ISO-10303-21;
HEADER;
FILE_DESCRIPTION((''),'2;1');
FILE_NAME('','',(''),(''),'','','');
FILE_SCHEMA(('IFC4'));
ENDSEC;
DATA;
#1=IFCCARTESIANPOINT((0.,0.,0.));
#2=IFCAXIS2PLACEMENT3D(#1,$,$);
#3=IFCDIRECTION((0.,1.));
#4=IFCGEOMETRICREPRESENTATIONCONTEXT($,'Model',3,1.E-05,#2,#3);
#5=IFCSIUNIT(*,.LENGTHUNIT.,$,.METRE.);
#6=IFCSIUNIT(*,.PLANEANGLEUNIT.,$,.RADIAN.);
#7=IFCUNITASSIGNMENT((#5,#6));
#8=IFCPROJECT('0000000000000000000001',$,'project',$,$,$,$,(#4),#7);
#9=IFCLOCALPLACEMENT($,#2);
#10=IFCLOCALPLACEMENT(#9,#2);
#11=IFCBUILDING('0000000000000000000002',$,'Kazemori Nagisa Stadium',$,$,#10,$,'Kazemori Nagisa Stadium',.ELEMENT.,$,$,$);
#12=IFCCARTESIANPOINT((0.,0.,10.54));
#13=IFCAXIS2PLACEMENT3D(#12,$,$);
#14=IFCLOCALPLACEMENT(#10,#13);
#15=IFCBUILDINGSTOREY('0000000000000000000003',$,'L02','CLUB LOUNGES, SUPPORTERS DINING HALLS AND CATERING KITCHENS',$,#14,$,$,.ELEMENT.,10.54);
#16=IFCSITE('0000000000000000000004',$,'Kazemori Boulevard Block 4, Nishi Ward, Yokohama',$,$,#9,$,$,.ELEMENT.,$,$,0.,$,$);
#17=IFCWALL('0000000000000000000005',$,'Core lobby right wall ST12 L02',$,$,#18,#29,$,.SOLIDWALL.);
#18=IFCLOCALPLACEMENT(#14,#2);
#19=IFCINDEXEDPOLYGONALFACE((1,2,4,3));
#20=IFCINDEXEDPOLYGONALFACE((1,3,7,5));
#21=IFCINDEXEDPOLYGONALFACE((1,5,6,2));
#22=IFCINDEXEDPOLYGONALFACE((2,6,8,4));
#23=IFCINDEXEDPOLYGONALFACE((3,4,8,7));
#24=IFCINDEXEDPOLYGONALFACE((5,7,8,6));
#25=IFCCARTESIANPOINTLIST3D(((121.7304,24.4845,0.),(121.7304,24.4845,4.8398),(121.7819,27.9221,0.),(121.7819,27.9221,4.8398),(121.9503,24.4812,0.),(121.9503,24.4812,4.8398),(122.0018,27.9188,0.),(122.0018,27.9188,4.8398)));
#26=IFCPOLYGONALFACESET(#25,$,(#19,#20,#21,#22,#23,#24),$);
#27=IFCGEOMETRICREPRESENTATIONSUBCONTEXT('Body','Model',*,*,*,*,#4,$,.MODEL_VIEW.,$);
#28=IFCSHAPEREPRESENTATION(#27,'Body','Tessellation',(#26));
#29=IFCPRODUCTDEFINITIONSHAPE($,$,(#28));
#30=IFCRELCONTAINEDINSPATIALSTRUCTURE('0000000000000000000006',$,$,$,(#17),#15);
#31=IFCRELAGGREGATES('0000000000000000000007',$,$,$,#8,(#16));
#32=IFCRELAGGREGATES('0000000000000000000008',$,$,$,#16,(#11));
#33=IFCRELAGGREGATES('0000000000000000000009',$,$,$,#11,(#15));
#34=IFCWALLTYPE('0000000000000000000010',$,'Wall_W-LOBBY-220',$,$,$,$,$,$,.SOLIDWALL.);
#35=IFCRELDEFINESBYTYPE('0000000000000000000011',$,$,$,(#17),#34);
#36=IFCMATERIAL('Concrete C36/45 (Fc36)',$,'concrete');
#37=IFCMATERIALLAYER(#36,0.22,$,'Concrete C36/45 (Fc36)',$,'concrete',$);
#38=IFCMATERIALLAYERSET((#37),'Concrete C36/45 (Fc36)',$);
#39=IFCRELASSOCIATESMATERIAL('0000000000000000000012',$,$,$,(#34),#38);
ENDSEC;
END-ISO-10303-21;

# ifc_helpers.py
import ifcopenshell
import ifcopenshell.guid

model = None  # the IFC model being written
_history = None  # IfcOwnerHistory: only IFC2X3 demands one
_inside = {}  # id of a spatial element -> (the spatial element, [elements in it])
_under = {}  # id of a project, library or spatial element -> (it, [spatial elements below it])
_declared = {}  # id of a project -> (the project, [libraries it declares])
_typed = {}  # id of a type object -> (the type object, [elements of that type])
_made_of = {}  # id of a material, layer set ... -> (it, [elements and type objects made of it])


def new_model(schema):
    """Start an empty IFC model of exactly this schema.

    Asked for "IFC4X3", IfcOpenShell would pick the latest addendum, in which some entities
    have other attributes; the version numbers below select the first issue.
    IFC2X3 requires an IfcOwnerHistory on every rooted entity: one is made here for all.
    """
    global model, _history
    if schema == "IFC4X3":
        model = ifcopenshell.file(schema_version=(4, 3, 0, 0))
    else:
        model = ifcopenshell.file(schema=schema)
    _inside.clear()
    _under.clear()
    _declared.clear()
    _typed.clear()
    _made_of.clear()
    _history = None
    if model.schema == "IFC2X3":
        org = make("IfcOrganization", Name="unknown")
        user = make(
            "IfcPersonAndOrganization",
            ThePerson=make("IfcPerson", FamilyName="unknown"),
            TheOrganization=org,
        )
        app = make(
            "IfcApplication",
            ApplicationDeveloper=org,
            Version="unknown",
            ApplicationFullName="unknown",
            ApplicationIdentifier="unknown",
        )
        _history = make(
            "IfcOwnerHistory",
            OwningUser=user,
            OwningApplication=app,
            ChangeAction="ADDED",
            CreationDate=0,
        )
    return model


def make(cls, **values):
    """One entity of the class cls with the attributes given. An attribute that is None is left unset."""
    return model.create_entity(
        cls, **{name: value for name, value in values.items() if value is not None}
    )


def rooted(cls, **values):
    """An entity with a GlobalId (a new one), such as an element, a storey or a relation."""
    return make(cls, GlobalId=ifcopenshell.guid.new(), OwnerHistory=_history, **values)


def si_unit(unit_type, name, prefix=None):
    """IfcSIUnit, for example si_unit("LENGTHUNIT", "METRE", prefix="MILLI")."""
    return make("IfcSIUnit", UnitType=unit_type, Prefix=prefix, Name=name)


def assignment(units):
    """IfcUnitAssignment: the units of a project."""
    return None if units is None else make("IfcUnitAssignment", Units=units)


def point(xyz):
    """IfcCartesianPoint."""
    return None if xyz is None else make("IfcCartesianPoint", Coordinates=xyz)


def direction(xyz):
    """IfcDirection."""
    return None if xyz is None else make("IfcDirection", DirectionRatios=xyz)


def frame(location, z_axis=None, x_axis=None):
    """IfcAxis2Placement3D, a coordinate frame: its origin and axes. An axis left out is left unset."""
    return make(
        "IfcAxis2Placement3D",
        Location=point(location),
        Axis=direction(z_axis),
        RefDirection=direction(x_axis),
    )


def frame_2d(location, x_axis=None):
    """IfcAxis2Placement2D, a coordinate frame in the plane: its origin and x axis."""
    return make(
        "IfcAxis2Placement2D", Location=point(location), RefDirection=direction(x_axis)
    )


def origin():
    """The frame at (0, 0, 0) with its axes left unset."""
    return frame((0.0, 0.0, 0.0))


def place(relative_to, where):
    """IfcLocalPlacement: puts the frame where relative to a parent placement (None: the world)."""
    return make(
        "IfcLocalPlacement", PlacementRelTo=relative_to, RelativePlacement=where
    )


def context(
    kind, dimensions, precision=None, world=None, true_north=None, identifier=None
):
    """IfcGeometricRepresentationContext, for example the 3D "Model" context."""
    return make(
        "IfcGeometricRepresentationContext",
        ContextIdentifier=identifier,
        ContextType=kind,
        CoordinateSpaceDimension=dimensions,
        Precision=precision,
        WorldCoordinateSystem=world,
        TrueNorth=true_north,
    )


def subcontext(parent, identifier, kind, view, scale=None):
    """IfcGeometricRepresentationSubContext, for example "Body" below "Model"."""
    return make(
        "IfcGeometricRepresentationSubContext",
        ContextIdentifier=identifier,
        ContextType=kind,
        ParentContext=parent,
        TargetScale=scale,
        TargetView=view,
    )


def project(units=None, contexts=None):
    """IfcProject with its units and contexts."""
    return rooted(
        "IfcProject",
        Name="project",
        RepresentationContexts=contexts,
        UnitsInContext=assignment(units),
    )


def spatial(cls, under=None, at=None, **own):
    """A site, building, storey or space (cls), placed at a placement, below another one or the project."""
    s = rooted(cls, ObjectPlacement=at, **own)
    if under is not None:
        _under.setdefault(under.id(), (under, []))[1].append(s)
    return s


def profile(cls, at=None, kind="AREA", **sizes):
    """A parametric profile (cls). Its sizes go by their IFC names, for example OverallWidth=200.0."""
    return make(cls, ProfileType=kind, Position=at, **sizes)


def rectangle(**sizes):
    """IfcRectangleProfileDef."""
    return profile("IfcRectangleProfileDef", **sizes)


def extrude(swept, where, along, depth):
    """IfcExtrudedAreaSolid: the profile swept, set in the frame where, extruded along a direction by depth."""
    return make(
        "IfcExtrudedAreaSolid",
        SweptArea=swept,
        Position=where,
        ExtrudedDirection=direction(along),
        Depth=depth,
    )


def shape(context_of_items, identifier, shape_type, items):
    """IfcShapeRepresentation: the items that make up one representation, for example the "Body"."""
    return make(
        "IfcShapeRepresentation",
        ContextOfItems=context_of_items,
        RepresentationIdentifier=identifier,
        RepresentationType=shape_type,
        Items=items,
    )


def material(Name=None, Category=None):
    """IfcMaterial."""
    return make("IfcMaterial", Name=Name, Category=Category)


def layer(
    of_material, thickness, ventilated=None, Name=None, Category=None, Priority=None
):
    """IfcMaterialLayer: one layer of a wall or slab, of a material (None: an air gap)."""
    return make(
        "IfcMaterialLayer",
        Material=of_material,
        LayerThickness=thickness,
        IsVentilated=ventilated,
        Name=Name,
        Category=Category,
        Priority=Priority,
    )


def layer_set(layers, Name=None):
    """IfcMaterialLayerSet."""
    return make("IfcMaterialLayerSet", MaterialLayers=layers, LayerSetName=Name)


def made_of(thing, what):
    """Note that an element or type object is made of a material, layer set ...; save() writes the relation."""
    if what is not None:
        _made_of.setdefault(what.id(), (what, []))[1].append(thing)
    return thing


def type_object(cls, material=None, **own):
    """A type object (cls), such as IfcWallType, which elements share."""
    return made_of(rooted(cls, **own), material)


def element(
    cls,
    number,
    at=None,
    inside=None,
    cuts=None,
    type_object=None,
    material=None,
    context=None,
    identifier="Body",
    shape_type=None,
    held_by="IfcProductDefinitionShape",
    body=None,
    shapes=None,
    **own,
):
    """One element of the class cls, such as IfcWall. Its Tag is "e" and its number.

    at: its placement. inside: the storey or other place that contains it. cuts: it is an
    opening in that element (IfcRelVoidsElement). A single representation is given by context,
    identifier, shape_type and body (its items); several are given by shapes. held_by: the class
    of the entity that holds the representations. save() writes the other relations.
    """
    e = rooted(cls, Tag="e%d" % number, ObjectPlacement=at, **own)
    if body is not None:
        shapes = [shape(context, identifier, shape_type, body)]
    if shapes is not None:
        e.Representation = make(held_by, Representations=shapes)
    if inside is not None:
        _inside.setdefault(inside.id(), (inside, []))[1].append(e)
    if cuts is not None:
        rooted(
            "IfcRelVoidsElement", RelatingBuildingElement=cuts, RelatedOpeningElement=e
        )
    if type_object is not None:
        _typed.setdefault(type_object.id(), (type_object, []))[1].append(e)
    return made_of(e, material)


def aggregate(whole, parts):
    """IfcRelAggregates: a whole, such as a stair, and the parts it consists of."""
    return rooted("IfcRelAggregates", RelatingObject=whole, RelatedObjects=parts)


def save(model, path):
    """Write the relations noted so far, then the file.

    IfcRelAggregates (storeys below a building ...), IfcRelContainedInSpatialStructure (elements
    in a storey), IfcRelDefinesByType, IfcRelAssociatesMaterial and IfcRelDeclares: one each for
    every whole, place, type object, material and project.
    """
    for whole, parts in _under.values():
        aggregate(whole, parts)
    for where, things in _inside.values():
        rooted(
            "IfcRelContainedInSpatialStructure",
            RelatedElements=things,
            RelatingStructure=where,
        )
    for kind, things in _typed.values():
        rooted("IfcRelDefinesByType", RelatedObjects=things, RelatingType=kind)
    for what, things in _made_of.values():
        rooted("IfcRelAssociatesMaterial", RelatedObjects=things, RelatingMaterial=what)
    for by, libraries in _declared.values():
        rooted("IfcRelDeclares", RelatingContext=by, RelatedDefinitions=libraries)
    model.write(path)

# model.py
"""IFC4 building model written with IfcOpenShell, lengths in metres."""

from ifc_helpers import new_model, si_unit, direction, frame, frame_2d, origin, place, context, subcontext, project, spatial, rectangle, extrude, material, layer, layer_set, type_object, element, save


model = new_model("IFC4")

# Units and contexts
model_context = context("Model", 3, precision=1e-05, world=origin(), true_north=direction((0.0, 1.0)))
body_context = subcontext(model_context, "Body", "Model", "MODEL_VIEW")
ifc_project = project(units=[si_unit("LENGTHUNIT", "METRE"), si_unit("PLANEANGLEUNIT", "RADIAN")], contexts=[model_context])

# Site, building, storey
site_placement = place(None, origin())
site = spatial("IfcSite", under=ifc_project, at=site_placement, Name="Kazemori Boulevard Block 4, Nishi Ward, Yokohama", CompositionType="ELEMENT", RefElevation=0.0)
building_placement = place(site_placement, origin())
building = spatial("IfcBuilding", under=site, at=building_placement, Name="Kazemori Nagisa Stadium", LongName="Kazemori Nagisa Stadium", CompositionType="ELEMENT")
storey_placement = place(building_placement, frame((0.0, 0.0, 10.54)))
storey = spatial("IfcBuildingStorey", under=building, at=storey_placement, Name="L02", Description="CLUB LOUNGES, SUPPORTERS DINING HALLS AND CATERING KITCHENS", CompositionType="ELEMENT", Elevation=10.54)

# Wall
ifc_material_1 = material(Name="Concrete C36/45 (Fc36)", Category="concrete")
ifc_layer_1 = layer(ifc_material_1, 0.22, Name="Concrete C36/45 (Fc36)", Category="concrete")
ifc_layer_set_1 = layer_set([ifc_layer_1], Name="Concrete C36/45 (Fc36)")
wall_type = type_object("IfcWallType", Name="Wall_W-LOBBY-220", PredefinedType="SOLIDWALL", material=ifc_layer_set_1)
wall_placement = place(storey_placement, frame((121.8918, 27.9204, 0.0), z_axis=(0.0, 0.0, 1.0), x_axis=(-0.014984, -0.999888, 0.0)))
element("IfcWall", 1, at=wall_placement, inside=storey, type_object=wall_type, Name="Core lobby right wall ST12 L02", PredefinedType="SOLIDWALL", context=body_context, shape_type="SweptSolid", body=[
    extrude(rectangle(XDim=3.438, YDim=0.22, at=frame_2d((1.719, 0.0))), origin(), (0.0, 0.0, 1.0), 4.8398),
])

save(model, "model.ifc")
